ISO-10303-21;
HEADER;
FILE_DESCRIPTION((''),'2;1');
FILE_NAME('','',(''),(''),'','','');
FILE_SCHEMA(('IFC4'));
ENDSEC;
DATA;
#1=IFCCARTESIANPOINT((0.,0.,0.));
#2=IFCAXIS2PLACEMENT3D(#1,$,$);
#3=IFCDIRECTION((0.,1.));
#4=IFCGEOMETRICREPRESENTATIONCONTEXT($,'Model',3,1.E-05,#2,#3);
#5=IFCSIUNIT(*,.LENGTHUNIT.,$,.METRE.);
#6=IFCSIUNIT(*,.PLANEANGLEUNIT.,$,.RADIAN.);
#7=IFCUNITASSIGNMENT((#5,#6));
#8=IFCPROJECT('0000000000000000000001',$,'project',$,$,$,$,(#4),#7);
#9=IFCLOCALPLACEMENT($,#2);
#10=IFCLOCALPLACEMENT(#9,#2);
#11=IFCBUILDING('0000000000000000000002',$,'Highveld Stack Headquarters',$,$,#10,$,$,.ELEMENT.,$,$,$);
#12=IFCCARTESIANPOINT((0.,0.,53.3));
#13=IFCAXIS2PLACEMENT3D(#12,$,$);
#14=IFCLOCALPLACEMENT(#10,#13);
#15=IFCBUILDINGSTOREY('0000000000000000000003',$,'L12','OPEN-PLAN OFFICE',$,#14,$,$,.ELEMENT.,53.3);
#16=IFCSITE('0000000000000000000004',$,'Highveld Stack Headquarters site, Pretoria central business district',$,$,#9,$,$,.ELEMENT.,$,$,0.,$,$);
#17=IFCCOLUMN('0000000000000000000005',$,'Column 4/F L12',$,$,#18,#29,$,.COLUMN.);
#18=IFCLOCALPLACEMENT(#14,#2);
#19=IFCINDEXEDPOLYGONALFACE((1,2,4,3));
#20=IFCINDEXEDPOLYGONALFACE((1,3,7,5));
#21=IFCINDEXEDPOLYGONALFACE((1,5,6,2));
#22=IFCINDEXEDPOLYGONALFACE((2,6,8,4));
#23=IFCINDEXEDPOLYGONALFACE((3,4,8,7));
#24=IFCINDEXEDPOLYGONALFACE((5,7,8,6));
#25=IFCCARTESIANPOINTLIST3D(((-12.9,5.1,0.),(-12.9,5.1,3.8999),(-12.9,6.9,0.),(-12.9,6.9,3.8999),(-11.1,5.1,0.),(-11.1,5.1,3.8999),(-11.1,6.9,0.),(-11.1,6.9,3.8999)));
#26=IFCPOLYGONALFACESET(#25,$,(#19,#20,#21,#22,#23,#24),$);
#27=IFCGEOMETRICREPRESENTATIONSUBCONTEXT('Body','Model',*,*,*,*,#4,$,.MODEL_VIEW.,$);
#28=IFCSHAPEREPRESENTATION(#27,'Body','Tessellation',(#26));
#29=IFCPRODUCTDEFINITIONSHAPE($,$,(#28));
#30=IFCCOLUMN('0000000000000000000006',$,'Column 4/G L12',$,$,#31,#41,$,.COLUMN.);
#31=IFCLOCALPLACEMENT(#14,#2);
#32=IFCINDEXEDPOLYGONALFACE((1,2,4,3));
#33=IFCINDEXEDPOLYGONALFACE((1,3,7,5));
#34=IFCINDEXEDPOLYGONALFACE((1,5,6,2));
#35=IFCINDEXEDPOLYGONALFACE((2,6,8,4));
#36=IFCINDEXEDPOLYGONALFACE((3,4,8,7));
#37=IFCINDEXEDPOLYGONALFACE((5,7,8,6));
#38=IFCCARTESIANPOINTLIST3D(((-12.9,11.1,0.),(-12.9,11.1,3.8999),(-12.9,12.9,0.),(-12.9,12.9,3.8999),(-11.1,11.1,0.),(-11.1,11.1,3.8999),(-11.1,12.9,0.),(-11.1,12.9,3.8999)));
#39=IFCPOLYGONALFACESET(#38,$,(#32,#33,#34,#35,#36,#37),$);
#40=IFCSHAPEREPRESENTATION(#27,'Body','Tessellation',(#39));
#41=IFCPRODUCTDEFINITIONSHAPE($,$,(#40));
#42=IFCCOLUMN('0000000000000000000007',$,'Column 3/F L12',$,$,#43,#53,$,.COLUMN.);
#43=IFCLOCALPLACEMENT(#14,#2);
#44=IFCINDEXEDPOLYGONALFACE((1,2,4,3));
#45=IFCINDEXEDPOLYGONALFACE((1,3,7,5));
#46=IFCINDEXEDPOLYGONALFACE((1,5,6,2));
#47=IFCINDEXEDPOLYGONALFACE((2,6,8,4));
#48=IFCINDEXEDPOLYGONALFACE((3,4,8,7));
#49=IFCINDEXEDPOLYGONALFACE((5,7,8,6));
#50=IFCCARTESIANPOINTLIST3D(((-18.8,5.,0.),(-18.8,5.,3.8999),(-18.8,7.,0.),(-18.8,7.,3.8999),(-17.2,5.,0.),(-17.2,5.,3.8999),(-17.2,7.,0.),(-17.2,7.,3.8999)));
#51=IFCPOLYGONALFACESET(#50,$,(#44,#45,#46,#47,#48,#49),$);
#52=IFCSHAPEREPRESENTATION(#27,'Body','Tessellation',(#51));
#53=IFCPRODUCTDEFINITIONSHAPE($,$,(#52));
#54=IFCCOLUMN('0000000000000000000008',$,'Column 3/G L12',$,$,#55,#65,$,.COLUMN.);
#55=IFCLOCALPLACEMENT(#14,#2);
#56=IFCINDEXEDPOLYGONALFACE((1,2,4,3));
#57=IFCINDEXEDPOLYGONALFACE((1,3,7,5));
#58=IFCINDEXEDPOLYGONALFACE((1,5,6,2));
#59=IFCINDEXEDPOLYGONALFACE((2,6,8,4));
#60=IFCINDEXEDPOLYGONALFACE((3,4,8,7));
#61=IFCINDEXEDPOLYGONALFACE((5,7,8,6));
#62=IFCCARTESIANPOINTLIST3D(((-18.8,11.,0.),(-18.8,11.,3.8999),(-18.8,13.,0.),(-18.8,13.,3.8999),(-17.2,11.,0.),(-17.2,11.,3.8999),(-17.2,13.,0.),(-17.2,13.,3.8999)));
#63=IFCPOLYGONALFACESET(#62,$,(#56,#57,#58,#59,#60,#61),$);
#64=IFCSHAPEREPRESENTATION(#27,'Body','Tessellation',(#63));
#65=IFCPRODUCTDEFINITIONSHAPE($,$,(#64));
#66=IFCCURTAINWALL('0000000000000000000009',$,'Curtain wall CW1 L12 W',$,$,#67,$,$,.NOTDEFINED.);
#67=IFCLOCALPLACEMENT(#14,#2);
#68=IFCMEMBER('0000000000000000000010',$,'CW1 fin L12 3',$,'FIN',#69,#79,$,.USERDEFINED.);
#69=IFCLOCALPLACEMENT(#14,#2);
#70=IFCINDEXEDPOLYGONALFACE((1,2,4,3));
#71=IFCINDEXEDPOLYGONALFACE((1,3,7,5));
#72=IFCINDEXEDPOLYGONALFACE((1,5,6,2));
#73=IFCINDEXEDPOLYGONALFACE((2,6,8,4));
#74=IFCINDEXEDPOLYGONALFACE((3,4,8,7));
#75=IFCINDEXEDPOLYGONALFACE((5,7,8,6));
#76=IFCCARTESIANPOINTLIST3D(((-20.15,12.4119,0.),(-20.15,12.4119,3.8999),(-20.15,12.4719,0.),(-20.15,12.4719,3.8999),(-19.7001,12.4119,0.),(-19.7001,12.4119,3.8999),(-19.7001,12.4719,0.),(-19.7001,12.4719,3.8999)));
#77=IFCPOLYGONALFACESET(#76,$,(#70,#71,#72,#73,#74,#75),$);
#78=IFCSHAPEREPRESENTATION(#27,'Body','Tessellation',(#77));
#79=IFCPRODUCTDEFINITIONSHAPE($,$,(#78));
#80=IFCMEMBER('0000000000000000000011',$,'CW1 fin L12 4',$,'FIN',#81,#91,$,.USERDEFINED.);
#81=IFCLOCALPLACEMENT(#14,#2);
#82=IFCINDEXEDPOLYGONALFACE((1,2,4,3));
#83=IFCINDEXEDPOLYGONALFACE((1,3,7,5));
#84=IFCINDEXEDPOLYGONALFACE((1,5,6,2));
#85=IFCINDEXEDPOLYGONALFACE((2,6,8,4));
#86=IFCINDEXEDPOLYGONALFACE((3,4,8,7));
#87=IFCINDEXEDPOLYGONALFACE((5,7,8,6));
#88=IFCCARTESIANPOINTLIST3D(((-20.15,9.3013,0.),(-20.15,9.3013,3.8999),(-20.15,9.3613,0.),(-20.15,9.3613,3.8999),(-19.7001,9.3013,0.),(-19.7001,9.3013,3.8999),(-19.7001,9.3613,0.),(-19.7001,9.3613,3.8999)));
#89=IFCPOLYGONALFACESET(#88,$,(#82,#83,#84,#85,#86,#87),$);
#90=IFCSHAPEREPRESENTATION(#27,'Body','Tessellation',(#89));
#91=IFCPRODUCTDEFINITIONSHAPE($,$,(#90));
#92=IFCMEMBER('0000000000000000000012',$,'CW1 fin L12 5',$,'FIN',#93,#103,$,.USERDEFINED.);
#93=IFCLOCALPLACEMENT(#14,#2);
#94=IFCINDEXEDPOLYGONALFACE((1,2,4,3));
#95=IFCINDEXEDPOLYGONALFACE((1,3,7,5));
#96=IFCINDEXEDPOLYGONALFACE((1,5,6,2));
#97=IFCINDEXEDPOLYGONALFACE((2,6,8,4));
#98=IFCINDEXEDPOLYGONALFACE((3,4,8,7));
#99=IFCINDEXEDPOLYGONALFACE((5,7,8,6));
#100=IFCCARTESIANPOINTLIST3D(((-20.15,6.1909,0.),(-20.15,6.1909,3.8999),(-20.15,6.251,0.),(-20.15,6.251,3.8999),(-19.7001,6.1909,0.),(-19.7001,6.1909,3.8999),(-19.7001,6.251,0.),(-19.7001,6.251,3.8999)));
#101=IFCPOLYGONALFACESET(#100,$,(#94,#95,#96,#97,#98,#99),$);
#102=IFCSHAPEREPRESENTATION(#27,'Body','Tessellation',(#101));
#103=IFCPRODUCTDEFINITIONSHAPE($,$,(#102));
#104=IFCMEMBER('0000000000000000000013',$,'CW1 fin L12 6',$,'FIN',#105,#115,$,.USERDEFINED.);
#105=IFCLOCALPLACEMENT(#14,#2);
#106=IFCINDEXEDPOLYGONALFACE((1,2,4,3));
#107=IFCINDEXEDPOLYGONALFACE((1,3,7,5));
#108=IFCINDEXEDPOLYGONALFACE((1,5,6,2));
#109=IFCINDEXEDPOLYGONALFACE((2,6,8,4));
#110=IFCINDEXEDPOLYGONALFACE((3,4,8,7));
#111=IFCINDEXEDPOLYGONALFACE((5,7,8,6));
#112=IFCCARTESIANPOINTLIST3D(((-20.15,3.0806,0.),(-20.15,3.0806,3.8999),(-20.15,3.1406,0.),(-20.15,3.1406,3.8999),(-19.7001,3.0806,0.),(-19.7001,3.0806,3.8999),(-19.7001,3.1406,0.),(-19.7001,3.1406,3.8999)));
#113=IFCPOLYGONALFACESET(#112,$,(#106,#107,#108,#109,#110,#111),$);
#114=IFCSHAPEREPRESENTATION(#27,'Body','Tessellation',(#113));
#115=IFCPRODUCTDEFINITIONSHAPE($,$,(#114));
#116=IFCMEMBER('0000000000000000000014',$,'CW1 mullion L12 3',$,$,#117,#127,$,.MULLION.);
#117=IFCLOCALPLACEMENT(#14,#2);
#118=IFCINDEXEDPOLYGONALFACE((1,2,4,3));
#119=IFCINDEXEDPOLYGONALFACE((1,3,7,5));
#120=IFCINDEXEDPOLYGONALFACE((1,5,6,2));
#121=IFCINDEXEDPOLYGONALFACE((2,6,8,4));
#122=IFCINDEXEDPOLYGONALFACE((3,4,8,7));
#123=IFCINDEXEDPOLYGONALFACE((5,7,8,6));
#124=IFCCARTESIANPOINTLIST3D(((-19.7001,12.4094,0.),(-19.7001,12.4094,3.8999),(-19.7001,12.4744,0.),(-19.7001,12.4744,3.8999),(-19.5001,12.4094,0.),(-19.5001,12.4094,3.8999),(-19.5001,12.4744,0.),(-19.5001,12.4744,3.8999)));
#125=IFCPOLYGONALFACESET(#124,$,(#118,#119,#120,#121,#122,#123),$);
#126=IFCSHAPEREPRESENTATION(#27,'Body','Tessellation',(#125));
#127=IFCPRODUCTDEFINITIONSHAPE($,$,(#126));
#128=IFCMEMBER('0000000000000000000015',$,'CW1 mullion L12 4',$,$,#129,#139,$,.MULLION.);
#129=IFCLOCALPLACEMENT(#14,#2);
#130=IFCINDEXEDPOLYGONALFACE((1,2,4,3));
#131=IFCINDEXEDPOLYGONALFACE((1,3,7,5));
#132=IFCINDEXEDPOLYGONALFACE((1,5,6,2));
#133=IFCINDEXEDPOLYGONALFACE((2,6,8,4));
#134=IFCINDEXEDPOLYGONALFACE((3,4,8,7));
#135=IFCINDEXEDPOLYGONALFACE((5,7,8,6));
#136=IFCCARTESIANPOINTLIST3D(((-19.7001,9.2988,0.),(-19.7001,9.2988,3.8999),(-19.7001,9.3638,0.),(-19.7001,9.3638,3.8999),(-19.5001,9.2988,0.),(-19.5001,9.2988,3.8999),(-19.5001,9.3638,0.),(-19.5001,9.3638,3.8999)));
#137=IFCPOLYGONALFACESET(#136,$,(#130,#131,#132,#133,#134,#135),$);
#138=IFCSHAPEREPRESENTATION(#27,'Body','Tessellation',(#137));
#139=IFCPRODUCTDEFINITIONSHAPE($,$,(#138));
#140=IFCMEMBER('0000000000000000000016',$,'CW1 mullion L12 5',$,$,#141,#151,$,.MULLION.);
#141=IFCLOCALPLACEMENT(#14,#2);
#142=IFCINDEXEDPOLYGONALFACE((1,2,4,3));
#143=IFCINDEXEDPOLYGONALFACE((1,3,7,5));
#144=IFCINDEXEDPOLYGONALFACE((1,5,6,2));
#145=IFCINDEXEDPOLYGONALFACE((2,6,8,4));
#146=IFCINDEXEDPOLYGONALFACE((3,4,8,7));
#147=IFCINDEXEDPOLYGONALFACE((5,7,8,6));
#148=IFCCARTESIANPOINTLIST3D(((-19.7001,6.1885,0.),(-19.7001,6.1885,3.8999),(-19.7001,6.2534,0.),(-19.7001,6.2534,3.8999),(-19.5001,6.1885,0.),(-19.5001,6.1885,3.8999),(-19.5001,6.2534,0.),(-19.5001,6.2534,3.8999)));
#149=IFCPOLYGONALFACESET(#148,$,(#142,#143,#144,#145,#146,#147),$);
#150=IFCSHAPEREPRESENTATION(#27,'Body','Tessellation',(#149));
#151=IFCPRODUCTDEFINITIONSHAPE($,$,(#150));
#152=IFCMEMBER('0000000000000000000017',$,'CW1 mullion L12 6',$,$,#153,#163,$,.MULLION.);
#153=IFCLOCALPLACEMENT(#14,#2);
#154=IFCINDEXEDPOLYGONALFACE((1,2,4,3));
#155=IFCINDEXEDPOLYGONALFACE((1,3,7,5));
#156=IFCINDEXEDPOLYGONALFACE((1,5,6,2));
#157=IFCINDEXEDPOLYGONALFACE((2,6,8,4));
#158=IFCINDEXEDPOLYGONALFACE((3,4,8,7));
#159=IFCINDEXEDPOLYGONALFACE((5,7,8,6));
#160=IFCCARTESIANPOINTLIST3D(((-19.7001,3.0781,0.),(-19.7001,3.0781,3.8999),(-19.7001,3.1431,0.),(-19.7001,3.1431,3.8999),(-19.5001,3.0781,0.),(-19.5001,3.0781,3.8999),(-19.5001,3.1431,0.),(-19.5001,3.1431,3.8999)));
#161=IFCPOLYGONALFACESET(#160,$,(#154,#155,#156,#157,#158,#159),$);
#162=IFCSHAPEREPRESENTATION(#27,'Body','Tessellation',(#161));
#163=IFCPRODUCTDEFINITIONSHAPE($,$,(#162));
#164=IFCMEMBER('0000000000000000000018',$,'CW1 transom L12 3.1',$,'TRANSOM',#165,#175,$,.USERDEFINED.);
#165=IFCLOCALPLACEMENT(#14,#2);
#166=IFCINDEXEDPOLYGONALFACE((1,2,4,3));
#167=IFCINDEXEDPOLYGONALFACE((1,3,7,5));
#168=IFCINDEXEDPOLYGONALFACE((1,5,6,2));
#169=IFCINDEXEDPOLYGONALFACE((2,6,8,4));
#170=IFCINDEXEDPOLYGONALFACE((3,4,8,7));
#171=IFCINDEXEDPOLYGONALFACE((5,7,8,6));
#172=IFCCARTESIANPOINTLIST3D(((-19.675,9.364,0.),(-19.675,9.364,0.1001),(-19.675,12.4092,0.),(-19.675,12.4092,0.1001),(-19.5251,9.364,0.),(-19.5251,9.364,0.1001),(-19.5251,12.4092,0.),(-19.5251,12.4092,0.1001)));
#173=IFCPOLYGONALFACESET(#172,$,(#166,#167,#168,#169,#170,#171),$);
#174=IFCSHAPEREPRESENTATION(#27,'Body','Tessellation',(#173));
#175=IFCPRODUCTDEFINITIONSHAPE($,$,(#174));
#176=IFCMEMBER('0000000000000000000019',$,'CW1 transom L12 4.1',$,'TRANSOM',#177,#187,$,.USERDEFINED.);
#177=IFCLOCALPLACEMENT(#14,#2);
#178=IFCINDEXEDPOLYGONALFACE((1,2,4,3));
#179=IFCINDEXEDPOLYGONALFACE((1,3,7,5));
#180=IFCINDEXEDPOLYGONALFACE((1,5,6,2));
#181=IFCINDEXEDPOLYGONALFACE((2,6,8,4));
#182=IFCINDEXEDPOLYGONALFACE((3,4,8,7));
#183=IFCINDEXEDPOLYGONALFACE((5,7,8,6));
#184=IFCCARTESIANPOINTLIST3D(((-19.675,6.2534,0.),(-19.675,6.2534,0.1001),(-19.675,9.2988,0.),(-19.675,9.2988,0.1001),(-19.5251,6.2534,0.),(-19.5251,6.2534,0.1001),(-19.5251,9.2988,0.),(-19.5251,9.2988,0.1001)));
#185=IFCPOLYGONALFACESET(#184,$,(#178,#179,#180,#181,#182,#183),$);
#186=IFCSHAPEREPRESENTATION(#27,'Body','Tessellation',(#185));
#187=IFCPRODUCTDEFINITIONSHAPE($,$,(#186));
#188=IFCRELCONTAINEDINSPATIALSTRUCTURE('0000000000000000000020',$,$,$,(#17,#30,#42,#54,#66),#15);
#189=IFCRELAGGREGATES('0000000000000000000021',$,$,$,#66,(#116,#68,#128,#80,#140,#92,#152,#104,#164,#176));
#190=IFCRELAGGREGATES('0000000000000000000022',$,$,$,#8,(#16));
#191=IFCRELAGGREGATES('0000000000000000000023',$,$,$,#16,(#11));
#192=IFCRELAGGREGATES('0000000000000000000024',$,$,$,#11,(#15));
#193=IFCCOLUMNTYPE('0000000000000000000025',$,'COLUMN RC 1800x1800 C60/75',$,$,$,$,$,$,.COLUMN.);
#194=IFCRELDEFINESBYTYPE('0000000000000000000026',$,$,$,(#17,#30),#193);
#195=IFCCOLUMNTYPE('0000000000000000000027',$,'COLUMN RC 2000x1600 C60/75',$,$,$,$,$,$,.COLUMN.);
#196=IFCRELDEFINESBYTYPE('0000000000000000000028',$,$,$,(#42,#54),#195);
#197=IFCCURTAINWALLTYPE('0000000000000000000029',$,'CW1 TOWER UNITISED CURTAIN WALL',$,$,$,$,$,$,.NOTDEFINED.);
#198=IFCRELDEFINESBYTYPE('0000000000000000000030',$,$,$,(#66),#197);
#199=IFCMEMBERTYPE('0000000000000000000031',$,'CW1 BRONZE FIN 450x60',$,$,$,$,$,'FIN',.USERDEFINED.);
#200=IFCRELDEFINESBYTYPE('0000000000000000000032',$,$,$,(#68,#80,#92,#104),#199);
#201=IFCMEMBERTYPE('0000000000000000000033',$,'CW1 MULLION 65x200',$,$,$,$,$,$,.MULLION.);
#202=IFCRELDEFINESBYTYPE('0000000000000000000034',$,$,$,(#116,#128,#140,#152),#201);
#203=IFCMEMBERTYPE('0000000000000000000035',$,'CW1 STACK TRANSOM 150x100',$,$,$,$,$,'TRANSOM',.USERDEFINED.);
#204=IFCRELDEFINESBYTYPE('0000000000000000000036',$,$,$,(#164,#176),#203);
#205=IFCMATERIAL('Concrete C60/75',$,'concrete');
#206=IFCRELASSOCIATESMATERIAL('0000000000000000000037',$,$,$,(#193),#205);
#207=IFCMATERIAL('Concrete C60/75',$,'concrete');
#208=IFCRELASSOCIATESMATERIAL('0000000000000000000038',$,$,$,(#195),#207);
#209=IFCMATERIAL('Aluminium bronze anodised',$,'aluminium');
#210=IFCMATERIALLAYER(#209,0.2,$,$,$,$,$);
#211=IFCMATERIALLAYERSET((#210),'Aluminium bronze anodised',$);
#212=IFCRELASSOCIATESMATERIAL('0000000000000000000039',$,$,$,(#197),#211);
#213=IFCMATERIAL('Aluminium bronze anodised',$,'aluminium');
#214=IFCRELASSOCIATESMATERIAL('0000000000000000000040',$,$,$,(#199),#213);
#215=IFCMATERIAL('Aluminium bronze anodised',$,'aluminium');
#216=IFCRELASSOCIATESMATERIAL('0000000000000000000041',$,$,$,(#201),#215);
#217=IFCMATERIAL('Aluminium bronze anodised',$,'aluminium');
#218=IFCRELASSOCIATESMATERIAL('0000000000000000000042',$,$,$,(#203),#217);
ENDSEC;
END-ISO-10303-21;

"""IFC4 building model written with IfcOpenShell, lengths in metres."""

from ifc_helpers import new_model, si_unit, direction, frame, origin, origin_2d, place, context, subcontext, project, spatial, rectangle, extrude, material, layer, layer_set, material_profile, profile_set, type_object, element, aggregate, save


model = new_model("IFC4")

# Units and contexts
model_context = context("Model", 3, precision=1e-05, world=origin(), true_north=direction((0.0, 1.0)))
body_context = subcontext(model_context, "Body", "Model", "MODEL_VIEW")
ifc_project = project(units=[si_unit("LENGTHUNIT", "METRE"), si_unit("PLANEANGLEUNIT", "RADIAN")], contexts=[model_context])

# Site, building, storey
site_placement = place(None, origin())
site = spatial("IfcSite", under=ifc_project, at=site_placement, Name="Highveld Stack Headquarters site, Pretoria central business district", CompositionType="ELEMENT", RefElevation=0.0)
building_placement = place(site_placement, origin())
building = spatial("IfcBuilding", under=site, at=building_placement, Name="Highveld Stack Headquarters", CompositionType="ELEMENT")
storey_placement = place(building_placement, frame((0.0, 0.0, 53.3)))
storey = spatial("IfcBuildingStorey", under=building, at=storey_placement, Name="L12", Description="OPEN-PLAN OFFICE", CompositionType="ELEMENT", Elevation=53.3)

# Columns
ifc_material_1 = material(Name="Concrete C60/75", Category="concrete")
ifc_material_profile_1 = material_profile(ifc_material_1, rectangle(XDim=1.8, YDim=1.8, at=origin_2d()), Name="RC 1800x1800")
ifc_profile_set_1 = profile_set([ifc_material_profile_1], Name="Concrete C60/75")
column_type_1 = type_object("IfcColumnType", Name="COLUMN RC 1800x1800 C60/75", PredefinedType="COLUMN", material=ifc_profile_set_1)
for number, where, z_axis, x_axis, name in (
    (1, (-12.0, 6.0, 0.0), (0.0, 0.0, 1.0), (1.0, 0.0, 0.0), "Column 4/F L12"),
    (2, (-12.0, 12.0, 0.0), (0.0, 0.0, 1.0), (1.0, 0.0, 0.0), "Column 4/G L12"),
):
    element("IfcColumn", number, at=place(storey_placement, frame(where, z_axis=z_axis, x_axis=x_axis)), inside=storey, type_object=column_type_1, Name=name, PredefinedType="COLUMN", context=body_context, shape_type="SweptSolid", body=[
        extrude(rectangle(XDim=1.8, YDim=1.8, at=origin_2d()), origin(), (0.0, 0.0, 1.0), 3.8999),
    ])
ifc_material_2 = material(Name="Concrete C60/75", Category="concrete")
ifc_material_profile_2 = material_profile(ifc_material_2, rectangle(XDim=2.0, YDim=1.6001, at=origin_2d()), Name="RC 2000x1600")
ifc_profile_set_2 = profile_set([ifc_material_profile_2], Name="Concrete C60/75")
column_type_2 = type_object("IfcColumnType", Name="COLUMN RC 2000x1600 C60/75", PredefinedType="COLUMN", material=ifc_profile_set_2)
for number, where, z_axis, x_axis, name in (
    (3, (-18.0, 6.0, 0.0), (0.0, 0.0, 1.0), (0.0, 1.0, 0.0), "Column 3/F L12"),
    (4, (-18.0, 12.0, 0.0), (0.0, 0.0, 1.0), (0.0, 1.0, 0.0), "Column 3/G L12"),
):
    element("IfcColumn", number, at=place(storey_placement, frame(where, z_axis=z_axis, x_axis=x_axis)), inside=storey, type_object=column_type_2, Name=name, PredefinedType="COLUMN", context=body_context, shape_type="SweptSolid", body=[
        extrude(rectangle(XDim=2.0, YDim=1.6001, at=origin_2d()), origin(), (0.0, 0.0, 1.0), 3.8999),
    ])

# Curtain wall, members
ifc_material_3 = material(Name="Aluminium bronze anodised", Category="aluminium")
ifc_layer_1 = layer(ifc_material_3, 0.2)
ifc_layer_set_1 = layer_set([ifc_layer_1], Name="Aluminium bronze anodised")
curtain_wall_type = type_object("IfcCurtainWallType", Name="CW1 TOWER UNITISED CURTAIN WALL", PredefinedType="NOTDEFINED", material=ifc_layer_set_1)
curtain_wall_placement = place(storey_placement, origin())
curtain_wall = element("IfcCurtainWall", 5, at=curtain_wall_placement, inside=storey, type_object=curtain_wall_type, Name="Curtain wall CW1 L12 W", PredefinedType="NOTDEFINED")
ifc_material_4 = material(Name="Aluminium bronze anodised", Category="aluminium")
ifc_material_profile_3 = material_profile(ifc_material_4, rectangle(XDim=0.45, YDim=0.0601, at=origin_2d()), Name="FIN 450x60")
ifc_profile_set_3 = profile_set([ifc_material_profile_3], Name="Aluminium bronze anodised")
member_type_1 = type_object("IfcMemberType", Name="CW1 BRONZE FIN 450x60", ElementType="FIN", PredefinedType="USERDEFINED", material=ifc_profile_set_3)
member_1_placement = place(storey_placement, frame((-19.925, 12.4419, 0.0), z_axis=(0.0, 0.0, 1.0), x_axis=(1.0, 0.0, 0.0)))
member_1 = element("IfcMember", 6, at=member_1_placement, type_object=member_type_1, Name="CW1 fin L12 3", ObjectType="FIN", PredefinedType="USERDEFINED", context=body_context, shape_type="SweptSolid", body=[
    extrude(rectangle(XDim=0.45, YDim=0.0601, at=origin_2d()), origin(), (0.0, 0.0, 1.0), 3.8999),
])
member_2_placement = place(storey_placement, frame((-19.925, 9.3313, 0.0), z_axis=(0.0, 0.0, 1.0), x_axis=(1.0, 0.0, 0.0)))
member_2 = element("IfcMember", 7, at=member_2_placement, type_object=member_type_1, Name="CW1 fin L12 4", ObjectType="FIN", PredefinedType="USERDEFINED", context=body_context, shape_type="SweptSolid", body=[
    extrude(rectangle(XDim=0.45, YDim=0.0601, at=origin_2d()), origin(), (0.0, 0.0, 1.0), 3.8999),
])
member_3_placement = place(storey_placement, frame((-19.925, 6.2209, 0.0), z_axis=(0.0, 0.0, 1.0), x_axis=(1.0, 0.0, 0.0)))
member_3 = element("IfcMember", 8, at=member_3_placement, type_object=member_type_1, Name="CW1 fin L12 5", ObjectType="FIN", PredefinedType="USERDEFINED", context=body_context, shape_type="SweptSolid", body=[
    extrude(rectangle(XDim=0.45, YDim=0.0601, at=origin_2d()), origin(), (0.0, 0.0, 1.0), 3.8999),
])
member_4_placement = place(storey_placement, frame((-19.925, 3.1106, 0.0), z_axis=(0.0, 0.0, 1.0), x_axis=(1.0, 0.0, 0.0)))
member_4 = element("IfcMember", 9, at=member_4_placement, type_object=member_type_1, Name="CW1 fin L12 6", ObjectType="FIN", PredefinedType="USERDEFINED", context=body_context, shape_type="SweptSolid", body=[
    extrude(rectangle(XDim=0.45, YDim=0.0601, at=origin_2d()), origin(), (0.0, 0.0, 1.0), 3.8999),
])
ifc_material_5 = material(Name="Aluminium bronze anodised", Category="aluminium")
ifc_material_profile_4 = material_profile(ifc_material_5, rectangle(XDim=0.2, YDim=0.0649, at=origin_2d()), Name="CW1 MULLION 65x200")
ifc_profile_set_4 = profile_set([ifc_material_profile_4], Name="Aluminium bronze anodised")
member_type_2 = type_object("IfcMemberType", Name="CW1 MULLION 65x200", PredefinedType="MULLION", material=ifc_profile_set_4)
member_5_placement = place(storey_placement, frame((-19.6001, 12.4419, 0.0), z_axis=(0.0, 0.0, 1.0), x_axis=(1.0, 0.0, 0.0)))
member_5 = element("IfcMember", 10, at=member_5_placement, type_object=member_type_2, Name="CW1 mullion L12 3", PredefinedType="MULLION", context=body_context, shape_type="SweptSolid", body=[
    extrude(rectangle(XDim=0.2, YDim=0.0649, at=origin_2d()), origin(), (0.0, 0.0, 1.0), 3.8999),
])
member_6_placement = place(storey_placement, frame((-19.6001, 9.3313, 0.0), z_axis=(0.0, 0.0, 1.0), x_axis=(1.0, 0.0, 0.0)))
member_6 = element("IfcMember", 11, at=member_6_placement, type_object=member_type_2, Name="CW1 mullion L12 4", PredefinedType="MULLION", context=body_context, shape_type="SweptSolid", body=[
    extrude(rectangle(XDim=0.2, YDim=0.0649, at=origin_2d()), origin(), (0.0, 0.0, 1.0), 3.8999),
])
member_7_placement = place(storey_placement, frame((-19.6001, 6.2209, 0.0), z_axis=(0.0, 0.0, 1.0), x_axis=(1.0, 0.0, 0.0)))
member_7 = element("IfcMember", 12, at=member_7_placement, type_object=member_type_2, Name="CW1 mullion L12 5", PredefinedType="MULLION", context=body_context, shape_type="SweptSolid", body=[
    extrude(rectangle(XDim=0.2, YDim=0.0649, at=origin_2d()), origin(), (0.0, 0.0, 1.0), 3.8999),
])
member_8_placement = place(storey_placement, frame((-19.6001, 3.1106, 0.0), z_axis=(0.0, 0.0, 1.0), x_axis=(1.0, 0.0, 0.0)))
member_8 = element("IfcMember", 13, at=member_8_placement, type_object=member_type_2, Name="CW1 mullion L12 6", PredefinedType="MULLION", context=body_context, shape_type="SweptSolid", body=[
    extrude(rectangle(XDim=0.2, YDim=0.0649, at=origin_2d()), origin(), (0.0, 0.0, 1.0), 3.8999),
])
ifc_material_6 = material(Name="Aluminium bronze anodised", Category="aluminium")
ifc_material_profile_5 = material_profile(ifc_material_6, rectangle(XDim=0.1499, YDim=0.1001, at=origin_2d()), Name="CW1 TRANSOM 150x100")
ifc_profile_set_5 = profile_set([ifc_material_profile_5], Name="Aluminium bronze anodised")
member_type_3 = type_object("IfcMemberType", Name="CW1 STACK TRANSOM 150x100", ElementType="TRANSOM", PredefinedType="USERDEFINED", material=ifc_profile_set_5)
member_9_placement = place(storey_placement, frame((-19.6001, 12.4092, 0.05), z_axis=(0.0, -1.0, 0.0), x_axis=(1.0, 0.0, 0.0)))
member_9 = element("IfcMember", 14, at=member_9_placement, type_object=member_type_3, Name="CW1 transom L12 3.1", ObjectType="TRANSOM", PredefinedType="USERDEFINED", context=body_context, shape_type="SweptSolid", body=[
    extrude(rectangle(XDim=0.1499, YDim=0.1001, at=origin_2d()), origin(), (0.0, 0.0, 1.0), 3.0452),
])
member_10_placement = place(storey_placement, frame((-19.6001, 9.2988, 0.05), z_axis=(0.0, -1.0, 0.0), x_axis=(1.0, 0.0, 0.0)))
member_10 = element("IfcMember", 15, at=member_10_placement, type_object=member_type_3, Name="CW1 transom L12 4.1", ObjectType="TRANSOM", PredefinedType="USERDEFINED", context=body_context, shape_type="SweptSolid", body=[
    extrude(rectangle(XDim=0.1499, YDim=0.1001, at=origin_2d()), origin(), (0.0, 0.0, 1.0), 3.0454),
])
aggregate(curtain_wall, [member_5, member_1, member_6, member_2, member_7, member_3, member_8, member_4, member_9, member_10])

save(model, "model.ifc")
